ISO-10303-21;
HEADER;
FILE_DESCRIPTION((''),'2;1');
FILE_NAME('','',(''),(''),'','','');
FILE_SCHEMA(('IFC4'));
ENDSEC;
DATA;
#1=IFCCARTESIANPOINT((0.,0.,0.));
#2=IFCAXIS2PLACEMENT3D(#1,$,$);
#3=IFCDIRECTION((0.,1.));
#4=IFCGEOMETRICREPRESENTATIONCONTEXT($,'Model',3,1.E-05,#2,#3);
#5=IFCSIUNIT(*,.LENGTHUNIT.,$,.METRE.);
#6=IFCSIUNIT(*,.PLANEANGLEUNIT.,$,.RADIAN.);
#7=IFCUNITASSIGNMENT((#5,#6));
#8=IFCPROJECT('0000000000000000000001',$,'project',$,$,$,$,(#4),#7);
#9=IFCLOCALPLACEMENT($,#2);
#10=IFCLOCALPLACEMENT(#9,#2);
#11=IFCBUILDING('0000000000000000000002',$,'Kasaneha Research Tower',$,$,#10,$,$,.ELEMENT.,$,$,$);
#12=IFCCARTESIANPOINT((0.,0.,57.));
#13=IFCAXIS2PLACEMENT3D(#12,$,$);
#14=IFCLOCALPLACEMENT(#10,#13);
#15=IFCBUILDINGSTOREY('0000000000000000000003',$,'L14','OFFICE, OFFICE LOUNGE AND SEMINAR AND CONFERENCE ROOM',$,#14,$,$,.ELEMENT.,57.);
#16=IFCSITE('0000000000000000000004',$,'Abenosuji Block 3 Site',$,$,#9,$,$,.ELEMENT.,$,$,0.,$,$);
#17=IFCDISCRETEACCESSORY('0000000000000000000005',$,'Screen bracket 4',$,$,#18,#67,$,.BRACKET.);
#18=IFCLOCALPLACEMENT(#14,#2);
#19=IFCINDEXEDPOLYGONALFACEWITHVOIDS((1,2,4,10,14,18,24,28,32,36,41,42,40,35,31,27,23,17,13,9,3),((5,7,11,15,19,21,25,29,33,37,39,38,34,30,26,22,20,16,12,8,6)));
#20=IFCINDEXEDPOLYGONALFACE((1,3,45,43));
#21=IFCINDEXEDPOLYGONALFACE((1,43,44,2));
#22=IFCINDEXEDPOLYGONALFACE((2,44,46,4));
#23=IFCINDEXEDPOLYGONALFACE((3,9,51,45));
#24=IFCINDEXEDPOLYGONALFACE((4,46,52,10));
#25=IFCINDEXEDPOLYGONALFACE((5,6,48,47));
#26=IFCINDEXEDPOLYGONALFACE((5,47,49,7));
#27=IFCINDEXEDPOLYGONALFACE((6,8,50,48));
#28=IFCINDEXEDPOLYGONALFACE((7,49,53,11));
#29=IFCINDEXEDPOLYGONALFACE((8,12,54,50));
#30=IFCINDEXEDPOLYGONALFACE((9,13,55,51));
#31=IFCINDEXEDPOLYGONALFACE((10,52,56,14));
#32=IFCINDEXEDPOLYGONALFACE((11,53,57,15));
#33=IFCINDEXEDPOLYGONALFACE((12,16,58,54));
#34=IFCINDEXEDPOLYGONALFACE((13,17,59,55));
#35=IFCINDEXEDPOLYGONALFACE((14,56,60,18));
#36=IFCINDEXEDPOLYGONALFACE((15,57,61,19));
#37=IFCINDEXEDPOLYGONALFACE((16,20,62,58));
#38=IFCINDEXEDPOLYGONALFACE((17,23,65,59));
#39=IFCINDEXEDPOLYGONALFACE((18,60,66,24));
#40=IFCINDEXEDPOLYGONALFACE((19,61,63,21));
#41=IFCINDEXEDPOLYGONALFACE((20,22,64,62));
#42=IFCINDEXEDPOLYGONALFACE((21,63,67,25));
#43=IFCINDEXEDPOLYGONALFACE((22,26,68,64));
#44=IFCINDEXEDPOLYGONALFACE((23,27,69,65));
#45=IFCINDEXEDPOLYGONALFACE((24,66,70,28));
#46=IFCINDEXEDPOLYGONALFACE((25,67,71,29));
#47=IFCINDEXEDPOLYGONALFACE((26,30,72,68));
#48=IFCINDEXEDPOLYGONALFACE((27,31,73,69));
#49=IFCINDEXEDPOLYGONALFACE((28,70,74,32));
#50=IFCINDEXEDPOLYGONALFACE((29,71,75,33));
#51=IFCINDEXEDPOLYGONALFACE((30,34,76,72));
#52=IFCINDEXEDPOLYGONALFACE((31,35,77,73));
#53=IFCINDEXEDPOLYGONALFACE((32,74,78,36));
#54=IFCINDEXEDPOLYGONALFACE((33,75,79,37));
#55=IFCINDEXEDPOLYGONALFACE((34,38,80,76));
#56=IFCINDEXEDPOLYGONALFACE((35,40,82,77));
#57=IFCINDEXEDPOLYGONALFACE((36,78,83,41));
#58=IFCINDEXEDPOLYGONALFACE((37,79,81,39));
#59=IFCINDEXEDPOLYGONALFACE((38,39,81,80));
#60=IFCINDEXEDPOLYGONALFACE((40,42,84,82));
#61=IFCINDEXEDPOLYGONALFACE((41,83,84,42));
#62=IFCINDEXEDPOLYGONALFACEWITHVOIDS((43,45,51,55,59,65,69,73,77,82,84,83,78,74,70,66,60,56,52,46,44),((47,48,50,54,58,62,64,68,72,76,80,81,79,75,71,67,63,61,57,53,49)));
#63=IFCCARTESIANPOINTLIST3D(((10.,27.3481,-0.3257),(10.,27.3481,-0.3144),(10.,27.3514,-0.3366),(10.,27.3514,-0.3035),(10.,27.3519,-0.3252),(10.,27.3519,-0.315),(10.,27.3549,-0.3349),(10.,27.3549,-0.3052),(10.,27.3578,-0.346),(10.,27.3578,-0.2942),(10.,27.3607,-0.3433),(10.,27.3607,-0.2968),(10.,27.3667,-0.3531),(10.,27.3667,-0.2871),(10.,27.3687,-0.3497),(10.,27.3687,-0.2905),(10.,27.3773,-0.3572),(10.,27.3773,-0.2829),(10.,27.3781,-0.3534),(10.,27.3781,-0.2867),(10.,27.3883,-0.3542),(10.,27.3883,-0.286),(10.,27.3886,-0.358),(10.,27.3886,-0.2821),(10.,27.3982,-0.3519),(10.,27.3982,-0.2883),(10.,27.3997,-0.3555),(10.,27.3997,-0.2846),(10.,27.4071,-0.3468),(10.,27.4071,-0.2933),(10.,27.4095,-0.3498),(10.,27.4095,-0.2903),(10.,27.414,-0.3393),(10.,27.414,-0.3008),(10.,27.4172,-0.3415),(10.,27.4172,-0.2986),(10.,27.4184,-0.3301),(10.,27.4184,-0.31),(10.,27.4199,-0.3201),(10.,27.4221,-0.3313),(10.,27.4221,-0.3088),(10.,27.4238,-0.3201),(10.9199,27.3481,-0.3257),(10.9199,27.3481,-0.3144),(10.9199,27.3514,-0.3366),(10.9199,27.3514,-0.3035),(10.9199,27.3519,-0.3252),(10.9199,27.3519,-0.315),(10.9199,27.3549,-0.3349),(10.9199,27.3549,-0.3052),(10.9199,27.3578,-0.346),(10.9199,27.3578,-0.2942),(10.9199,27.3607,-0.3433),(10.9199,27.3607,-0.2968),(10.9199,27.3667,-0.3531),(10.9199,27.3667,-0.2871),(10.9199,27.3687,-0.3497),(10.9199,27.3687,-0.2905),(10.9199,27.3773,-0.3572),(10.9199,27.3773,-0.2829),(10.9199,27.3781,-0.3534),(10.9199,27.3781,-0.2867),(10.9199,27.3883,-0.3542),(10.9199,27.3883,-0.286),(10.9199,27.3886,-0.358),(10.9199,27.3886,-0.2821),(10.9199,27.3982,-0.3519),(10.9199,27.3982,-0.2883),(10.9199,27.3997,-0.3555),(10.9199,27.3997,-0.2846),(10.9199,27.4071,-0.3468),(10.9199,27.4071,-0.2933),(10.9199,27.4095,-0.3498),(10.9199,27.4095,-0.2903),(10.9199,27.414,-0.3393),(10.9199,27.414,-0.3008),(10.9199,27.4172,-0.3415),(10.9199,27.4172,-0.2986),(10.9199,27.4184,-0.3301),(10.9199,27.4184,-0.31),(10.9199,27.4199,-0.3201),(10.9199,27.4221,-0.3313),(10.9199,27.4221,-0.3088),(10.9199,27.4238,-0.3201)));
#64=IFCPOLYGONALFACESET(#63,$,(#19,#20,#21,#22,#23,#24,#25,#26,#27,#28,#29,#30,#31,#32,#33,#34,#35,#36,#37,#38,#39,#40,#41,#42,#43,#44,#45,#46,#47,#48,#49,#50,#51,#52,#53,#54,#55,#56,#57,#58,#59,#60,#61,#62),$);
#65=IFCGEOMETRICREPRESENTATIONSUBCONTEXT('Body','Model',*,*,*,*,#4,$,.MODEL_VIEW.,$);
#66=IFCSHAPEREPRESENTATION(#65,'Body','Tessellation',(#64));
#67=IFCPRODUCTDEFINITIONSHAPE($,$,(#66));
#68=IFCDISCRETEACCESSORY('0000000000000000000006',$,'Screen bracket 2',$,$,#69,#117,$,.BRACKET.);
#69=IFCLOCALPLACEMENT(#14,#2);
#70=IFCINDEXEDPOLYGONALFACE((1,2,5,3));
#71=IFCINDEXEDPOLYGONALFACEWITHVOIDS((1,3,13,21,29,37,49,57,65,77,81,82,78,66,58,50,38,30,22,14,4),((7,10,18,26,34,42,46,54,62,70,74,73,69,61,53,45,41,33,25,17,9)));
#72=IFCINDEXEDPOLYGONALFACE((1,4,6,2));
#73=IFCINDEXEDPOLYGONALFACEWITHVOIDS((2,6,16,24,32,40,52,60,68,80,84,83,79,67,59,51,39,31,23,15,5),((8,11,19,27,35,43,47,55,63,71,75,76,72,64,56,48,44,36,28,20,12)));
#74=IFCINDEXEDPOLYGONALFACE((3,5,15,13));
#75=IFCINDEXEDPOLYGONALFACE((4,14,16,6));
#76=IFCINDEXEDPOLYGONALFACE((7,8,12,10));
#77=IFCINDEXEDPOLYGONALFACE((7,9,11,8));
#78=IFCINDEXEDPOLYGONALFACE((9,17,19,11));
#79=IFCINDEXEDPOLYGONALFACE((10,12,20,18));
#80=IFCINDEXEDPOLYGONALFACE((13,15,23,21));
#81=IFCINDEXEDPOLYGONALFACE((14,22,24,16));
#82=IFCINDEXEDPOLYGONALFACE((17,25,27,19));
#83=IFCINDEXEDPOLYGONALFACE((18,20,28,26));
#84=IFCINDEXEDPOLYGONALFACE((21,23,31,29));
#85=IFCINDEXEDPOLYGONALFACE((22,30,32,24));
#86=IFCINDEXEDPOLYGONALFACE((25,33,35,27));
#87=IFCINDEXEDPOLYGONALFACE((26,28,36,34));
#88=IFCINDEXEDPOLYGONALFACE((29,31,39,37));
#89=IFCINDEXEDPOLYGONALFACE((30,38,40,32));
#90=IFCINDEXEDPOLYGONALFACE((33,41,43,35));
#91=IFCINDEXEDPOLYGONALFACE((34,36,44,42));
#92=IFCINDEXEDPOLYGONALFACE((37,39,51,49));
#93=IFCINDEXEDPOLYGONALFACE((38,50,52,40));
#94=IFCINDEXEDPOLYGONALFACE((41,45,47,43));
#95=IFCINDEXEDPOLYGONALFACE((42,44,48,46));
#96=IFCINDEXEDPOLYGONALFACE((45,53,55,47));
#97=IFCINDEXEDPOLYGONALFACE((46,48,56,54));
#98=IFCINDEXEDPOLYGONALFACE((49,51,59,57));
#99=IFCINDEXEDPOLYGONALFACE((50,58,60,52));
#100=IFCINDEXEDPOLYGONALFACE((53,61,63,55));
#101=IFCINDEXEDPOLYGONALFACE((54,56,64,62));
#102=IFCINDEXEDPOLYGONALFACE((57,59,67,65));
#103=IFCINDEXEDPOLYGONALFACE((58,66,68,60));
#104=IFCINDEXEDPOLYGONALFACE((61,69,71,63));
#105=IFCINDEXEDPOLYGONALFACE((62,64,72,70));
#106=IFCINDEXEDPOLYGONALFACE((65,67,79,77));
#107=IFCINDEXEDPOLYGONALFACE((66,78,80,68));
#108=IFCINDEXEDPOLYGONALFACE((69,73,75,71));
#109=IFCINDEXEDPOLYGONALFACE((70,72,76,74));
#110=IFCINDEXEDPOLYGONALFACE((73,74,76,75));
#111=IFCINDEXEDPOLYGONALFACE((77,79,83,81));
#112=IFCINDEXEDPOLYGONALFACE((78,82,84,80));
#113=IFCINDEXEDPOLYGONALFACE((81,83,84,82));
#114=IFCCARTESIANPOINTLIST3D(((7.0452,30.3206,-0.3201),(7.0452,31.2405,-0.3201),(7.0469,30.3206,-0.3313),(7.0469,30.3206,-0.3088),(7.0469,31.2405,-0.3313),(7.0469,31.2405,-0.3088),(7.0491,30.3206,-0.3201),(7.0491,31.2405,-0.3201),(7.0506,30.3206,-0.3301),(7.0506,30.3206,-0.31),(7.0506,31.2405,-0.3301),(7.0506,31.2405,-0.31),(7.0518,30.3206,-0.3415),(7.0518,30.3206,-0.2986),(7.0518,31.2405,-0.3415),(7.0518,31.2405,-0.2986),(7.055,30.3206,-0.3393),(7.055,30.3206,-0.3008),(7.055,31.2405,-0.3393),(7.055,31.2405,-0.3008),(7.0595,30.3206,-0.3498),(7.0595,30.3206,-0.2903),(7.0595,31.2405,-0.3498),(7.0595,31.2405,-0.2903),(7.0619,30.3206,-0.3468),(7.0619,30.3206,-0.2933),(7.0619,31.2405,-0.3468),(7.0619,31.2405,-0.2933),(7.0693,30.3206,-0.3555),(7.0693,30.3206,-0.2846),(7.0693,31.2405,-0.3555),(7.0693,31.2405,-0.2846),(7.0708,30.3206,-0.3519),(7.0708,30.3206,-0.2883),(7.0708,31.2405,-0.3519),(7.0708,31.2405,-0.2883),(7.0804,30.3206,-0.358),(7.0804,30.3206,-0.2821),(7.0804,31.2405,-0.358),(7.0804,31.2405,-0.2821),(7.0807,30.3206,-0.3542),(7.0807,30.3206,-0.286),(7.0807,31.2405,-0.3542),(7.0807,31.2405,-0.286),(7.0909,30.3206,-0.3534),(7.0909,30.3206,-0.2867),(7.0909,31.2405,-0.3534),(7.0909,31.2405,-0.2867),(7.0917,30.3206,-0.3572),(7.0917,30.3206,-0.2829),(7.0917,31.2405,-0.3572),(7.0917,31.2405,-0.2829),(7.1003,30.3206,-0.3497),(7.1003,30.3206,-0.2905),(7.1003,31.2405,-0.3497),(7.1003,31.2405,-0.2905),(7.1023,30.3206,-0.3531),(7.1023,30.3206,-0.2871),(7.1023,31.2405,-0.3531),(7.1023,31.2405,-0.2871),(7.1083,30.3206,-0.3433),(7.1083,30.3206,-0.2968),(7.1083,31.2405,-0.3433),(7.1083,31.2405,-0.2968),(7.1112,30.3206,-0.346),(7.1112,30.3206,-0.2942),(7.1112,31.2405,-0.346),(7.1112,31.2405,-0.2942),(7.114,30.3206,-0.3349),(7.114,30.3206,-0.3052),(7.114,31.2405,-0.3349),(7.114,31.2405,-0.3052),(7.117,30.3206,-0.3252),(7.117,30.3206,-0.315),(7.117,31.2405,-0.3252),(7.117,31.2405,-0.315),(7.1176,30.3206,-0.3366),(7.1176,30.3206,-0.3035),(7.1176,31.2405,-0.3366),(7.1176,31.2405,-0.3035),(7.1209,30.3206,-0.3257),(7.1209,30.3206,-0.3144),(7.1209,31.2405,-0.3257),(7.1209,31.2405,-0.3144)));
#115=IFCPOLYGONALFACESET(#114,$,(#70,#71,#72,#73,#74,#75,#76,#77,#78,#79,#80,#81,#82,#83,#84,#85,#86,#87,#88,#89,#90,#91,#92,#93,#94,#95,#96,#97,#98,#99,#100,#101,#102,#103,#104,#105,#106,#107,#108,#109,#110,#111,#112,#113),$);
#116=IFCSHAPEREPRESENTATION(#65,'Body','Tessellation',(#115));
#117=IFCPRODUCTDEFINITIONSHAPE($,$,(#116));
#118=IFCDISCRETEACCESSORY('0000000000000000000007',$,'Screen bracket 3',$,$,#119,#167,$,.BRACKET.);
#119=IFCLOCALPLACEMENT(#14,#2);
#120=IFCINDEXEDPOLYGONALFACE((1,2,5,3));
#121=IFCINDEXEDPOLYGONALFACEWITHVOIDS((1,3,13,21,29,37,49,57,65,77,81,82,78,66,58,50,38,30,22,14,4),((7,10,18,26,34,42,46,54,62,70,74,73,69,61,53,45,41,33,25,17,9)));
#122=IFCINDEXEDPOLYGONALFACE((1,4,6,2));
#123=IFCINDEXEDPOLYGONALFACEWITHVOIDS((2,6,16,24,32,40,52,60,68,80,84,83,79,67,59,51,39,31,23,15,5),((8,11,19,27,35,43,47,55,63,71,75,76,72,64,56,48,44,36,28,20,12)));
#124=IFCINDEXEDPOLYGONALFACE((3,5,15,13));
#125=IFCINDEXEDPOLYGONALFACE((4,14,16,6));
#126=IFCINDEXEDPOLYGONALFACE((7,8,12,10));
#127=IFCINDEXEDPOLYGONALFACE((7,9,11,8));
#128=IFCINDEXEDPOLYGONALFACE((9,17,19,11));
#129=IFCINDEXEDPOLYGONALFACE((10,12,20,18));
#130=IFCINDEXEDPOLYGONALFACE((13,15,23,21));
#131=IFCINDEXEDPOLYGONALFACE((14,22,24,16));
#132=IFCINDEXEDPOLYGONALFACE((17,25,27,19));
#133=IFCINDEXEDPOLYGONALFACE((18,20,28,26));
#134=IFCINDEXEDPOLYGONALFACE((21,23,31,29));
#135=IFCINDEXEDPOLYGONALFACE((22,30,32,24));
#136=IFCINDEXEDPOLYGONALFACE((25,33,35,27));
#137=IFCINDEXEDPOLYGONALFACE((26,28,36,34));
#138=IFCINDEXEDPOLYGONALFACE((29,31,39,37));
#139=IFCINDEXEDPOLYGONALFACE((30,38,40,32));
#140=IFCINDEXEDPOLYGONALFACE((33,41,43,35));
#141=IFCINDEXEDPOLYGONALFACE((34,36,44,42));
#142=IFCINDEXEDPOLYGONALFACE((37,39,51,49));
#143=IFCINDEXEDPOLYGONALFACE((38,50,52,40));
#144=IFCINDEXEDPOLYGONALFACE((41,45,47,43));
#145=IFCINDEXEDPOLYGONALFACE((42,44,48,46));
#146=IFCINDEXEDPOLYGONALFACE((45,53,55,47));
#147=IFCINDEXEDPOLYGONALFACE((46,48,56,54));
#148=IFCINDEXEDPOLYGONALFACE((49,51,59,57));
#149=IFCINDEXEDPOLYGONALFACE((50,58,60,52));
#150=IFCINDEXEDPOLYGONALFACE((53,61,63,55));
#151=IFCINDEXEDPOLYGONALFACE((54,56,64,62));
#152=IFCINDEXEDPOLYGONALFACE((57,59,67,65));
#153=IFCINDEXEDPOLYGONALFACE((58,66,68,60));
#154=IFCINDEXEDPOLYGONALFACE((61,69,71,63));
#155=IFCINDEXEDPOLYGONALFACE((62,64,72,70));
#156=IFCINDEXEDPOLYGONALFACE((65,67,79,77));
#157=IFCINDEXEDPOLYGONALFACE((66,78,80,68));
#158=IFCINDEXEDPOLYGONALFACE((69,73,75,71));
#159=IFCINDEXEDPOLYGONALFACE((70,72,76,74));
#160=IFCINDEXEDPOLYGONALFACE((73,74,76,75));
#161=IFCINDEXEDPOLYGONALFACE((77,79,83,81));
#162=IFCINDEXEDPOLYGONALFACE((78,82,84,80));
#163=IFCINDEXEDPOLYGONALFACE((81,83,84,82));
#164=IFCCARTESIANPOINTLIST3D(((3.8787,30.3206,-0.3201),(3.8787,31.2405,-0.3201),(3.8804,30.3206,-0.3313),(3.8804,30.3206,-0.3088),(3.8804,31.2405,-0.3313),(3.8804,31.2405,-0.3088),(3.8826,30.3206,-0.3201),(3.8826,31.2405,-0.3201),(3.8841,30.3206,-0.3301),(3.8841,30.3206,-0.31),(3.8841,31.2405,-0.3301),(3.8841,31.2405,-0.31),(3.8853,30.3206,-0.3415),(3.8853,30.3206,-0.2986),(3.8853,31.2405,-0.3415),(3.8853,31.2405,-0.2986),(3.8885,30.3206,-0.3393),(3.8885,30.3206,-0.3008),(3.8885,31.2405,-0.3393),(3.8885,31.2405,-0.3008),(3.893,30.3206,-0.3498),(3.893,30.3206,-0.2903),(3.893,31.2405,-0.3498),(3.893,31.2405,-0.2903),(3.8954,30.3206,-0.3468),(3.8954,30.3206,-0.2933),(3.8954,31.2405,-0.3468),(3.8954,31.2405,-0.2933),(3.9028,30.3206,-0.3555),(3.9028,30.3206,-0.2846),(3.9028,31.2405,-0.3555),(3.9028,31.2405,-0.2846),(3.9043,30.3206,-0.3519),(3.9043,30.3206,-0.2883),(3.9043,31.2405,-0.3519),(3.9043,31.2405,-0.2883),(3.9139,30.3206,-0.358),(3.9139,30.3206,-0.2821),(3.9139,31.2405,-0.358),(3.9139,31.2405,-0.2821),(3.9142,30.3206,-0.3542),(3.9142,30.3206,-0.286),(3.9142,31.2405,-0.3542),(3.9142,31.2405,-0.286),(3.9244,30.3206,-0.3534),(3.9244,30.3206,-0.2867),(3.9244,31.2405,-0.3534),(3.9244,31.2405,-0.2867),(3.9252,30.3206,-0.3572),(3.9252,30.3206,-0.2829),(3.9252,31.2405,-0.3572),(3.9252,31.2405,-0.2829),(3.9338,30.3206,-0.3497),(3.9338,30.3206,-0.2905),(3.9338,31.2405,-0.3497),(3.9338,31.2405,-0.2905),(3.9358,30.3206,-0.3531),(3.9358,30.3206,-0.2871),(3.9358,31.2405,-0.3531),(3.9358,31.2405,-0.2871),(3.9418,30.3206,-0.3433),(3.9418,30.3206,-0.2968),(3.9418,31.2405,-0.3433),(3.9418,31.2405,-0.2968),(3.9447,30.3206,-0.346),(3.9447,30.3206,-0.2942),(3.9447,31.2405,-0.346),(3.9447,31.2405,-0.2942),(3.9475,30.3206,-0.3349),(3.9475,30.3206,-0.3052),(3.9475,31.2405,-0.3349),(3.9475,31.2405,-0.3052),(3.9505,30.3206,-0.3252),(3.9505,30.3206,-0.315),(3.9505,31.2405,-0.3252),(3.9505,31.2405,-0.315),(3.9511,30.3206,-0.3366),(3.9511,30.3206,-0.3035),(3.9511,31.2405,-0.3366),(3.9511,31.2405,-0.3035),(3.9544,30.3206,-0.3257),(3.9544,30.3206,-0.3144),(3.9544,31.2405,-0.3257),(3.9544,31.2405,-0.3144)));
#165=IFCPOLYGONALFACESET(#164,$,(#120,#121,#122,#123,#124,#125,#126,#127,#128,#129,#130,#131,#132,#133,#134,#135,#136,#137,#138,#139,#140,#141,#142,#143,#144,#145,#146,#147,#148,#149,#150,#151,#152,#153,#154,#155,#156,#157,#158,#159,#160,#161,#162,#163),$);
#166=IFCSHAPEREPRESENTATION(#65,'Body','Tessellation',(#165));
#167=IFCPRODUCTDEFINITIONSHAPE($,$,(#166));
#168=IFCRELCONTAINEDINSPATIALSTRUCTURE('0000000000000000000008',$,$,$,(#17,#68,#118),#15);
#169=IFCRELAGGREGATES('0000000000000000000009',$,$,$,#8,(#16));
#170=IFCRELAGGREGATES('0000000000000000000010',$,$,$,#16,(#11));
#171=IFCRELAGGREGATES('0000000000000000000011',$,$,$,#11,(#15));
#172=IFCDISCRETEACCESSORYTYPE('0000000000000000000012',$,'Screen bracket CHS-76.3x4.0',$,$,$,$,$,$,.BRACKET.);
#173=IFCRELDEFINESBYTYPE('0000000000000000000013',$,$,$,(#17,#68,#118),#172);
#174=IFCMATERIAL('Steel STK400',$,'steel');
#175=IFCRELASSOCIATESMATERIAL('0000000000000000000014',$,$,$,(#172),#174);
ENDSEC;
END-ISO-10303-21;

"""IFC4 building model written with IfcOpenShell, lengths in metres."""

from ifc_helpers import new_model, si_unit, direction, frame, origin, origin_2d, place, context, subcontext, project, spatial, hollow_circle, extrude, material, material_profile, profile_set, type_object, element, save


model = new_model("IFC4")

# Units and contexts
model_context = context("Model", 3, precision=1e-05, world=origin(), true_north=direction((0.0, 1.0)))
body_context = subcontext(model_context, "Body", "Model", "MODEL_VIEW")
ifc_project = project(units=[si_unit("LENGTHUNIT", "METRE"), si_unit("PLANEANGLEUNIT", "RADIAN")], contexts=[model_context])

# Site, building, storey
site_placement = place(None, origin())
site = spatial("IfcSite", under=ifc_project, at=site_placement, Name="Abenosuji Block 3 Site", CompositionType="ELEMENT", RefElevation=0.0)
building_placement = place(site_placement, origin())
building = spatial("IfcBuilding", under=site, at=building_placement, Name="Kasaneha Research Tower", CompositionType="ELEMENT")
storey_placement = place(building_placement, frame((0.0, 0.0, 57.0)))
storey = spatial("IfcBuildingStorey", under=building, at=storey_placement, Name="L14", Description="OFFICE, OFFICE LOUNGE AND SEMINAR AND CONFERENCE ROOM", CompositionType="ELEMENT", Elevation=57.0)

# Discrete accessories
ifc_material_1 = material(Name="Steel STK400", Category="steel")
ifc_material_profile_1 = material_profile(ifc_material_1, hollow_circle(Radius=0.0381, WallThickness=0.0039, at=origin_2d()), Name="CHS-76.3x4.0")
ifc_profile_set_1 = profile_set([ifc_material_profile_1], Name="Steel STK400")
discrete_accessory_type = type_object("IfcDiscreteAccessoryType", Name="Screen bracket CHS-76.3x4.0", PredefinedType="BRACKET", material=ifc_profile_set_1)
for number, where, z_axis, x_axis, name in (
    (1, (10.0, 27.3857, -0.3201), (1.0, 0.0, 0.0), (0.0, 1.0, 0.0), "Screen bracket 4"),
    (2, (7.0833, 30.3206, -0.3201), (0.0, 1.0, 0.0), (-1.0, 0.0, 0.0), "Screen bracket 2"),
    (3, (3.9167, 30.3206, -0.3201), (0.0, 1.0, 0.0), (-1.0, 0.0, 0.0), "Screen bracket 3"),
):
    element("IfcDiscreteAccessory", number, at=place(storey_placement, frame(where, z_axis=z_axis, x_axis=x_axis)), inside=storey, type_object=discrete_accessory_type, Name=name, PredefinedType="BRACKET", context=body_context, shape_type="SweptSolid", body=[
        extrude(hollow_circle(Radius=0.0381, WallThickness=0.0039, at=origin_2d()), origin(), (0.0, 0.0, 1.0), 0.9199),
    ])

save(model, "model.ifc")
